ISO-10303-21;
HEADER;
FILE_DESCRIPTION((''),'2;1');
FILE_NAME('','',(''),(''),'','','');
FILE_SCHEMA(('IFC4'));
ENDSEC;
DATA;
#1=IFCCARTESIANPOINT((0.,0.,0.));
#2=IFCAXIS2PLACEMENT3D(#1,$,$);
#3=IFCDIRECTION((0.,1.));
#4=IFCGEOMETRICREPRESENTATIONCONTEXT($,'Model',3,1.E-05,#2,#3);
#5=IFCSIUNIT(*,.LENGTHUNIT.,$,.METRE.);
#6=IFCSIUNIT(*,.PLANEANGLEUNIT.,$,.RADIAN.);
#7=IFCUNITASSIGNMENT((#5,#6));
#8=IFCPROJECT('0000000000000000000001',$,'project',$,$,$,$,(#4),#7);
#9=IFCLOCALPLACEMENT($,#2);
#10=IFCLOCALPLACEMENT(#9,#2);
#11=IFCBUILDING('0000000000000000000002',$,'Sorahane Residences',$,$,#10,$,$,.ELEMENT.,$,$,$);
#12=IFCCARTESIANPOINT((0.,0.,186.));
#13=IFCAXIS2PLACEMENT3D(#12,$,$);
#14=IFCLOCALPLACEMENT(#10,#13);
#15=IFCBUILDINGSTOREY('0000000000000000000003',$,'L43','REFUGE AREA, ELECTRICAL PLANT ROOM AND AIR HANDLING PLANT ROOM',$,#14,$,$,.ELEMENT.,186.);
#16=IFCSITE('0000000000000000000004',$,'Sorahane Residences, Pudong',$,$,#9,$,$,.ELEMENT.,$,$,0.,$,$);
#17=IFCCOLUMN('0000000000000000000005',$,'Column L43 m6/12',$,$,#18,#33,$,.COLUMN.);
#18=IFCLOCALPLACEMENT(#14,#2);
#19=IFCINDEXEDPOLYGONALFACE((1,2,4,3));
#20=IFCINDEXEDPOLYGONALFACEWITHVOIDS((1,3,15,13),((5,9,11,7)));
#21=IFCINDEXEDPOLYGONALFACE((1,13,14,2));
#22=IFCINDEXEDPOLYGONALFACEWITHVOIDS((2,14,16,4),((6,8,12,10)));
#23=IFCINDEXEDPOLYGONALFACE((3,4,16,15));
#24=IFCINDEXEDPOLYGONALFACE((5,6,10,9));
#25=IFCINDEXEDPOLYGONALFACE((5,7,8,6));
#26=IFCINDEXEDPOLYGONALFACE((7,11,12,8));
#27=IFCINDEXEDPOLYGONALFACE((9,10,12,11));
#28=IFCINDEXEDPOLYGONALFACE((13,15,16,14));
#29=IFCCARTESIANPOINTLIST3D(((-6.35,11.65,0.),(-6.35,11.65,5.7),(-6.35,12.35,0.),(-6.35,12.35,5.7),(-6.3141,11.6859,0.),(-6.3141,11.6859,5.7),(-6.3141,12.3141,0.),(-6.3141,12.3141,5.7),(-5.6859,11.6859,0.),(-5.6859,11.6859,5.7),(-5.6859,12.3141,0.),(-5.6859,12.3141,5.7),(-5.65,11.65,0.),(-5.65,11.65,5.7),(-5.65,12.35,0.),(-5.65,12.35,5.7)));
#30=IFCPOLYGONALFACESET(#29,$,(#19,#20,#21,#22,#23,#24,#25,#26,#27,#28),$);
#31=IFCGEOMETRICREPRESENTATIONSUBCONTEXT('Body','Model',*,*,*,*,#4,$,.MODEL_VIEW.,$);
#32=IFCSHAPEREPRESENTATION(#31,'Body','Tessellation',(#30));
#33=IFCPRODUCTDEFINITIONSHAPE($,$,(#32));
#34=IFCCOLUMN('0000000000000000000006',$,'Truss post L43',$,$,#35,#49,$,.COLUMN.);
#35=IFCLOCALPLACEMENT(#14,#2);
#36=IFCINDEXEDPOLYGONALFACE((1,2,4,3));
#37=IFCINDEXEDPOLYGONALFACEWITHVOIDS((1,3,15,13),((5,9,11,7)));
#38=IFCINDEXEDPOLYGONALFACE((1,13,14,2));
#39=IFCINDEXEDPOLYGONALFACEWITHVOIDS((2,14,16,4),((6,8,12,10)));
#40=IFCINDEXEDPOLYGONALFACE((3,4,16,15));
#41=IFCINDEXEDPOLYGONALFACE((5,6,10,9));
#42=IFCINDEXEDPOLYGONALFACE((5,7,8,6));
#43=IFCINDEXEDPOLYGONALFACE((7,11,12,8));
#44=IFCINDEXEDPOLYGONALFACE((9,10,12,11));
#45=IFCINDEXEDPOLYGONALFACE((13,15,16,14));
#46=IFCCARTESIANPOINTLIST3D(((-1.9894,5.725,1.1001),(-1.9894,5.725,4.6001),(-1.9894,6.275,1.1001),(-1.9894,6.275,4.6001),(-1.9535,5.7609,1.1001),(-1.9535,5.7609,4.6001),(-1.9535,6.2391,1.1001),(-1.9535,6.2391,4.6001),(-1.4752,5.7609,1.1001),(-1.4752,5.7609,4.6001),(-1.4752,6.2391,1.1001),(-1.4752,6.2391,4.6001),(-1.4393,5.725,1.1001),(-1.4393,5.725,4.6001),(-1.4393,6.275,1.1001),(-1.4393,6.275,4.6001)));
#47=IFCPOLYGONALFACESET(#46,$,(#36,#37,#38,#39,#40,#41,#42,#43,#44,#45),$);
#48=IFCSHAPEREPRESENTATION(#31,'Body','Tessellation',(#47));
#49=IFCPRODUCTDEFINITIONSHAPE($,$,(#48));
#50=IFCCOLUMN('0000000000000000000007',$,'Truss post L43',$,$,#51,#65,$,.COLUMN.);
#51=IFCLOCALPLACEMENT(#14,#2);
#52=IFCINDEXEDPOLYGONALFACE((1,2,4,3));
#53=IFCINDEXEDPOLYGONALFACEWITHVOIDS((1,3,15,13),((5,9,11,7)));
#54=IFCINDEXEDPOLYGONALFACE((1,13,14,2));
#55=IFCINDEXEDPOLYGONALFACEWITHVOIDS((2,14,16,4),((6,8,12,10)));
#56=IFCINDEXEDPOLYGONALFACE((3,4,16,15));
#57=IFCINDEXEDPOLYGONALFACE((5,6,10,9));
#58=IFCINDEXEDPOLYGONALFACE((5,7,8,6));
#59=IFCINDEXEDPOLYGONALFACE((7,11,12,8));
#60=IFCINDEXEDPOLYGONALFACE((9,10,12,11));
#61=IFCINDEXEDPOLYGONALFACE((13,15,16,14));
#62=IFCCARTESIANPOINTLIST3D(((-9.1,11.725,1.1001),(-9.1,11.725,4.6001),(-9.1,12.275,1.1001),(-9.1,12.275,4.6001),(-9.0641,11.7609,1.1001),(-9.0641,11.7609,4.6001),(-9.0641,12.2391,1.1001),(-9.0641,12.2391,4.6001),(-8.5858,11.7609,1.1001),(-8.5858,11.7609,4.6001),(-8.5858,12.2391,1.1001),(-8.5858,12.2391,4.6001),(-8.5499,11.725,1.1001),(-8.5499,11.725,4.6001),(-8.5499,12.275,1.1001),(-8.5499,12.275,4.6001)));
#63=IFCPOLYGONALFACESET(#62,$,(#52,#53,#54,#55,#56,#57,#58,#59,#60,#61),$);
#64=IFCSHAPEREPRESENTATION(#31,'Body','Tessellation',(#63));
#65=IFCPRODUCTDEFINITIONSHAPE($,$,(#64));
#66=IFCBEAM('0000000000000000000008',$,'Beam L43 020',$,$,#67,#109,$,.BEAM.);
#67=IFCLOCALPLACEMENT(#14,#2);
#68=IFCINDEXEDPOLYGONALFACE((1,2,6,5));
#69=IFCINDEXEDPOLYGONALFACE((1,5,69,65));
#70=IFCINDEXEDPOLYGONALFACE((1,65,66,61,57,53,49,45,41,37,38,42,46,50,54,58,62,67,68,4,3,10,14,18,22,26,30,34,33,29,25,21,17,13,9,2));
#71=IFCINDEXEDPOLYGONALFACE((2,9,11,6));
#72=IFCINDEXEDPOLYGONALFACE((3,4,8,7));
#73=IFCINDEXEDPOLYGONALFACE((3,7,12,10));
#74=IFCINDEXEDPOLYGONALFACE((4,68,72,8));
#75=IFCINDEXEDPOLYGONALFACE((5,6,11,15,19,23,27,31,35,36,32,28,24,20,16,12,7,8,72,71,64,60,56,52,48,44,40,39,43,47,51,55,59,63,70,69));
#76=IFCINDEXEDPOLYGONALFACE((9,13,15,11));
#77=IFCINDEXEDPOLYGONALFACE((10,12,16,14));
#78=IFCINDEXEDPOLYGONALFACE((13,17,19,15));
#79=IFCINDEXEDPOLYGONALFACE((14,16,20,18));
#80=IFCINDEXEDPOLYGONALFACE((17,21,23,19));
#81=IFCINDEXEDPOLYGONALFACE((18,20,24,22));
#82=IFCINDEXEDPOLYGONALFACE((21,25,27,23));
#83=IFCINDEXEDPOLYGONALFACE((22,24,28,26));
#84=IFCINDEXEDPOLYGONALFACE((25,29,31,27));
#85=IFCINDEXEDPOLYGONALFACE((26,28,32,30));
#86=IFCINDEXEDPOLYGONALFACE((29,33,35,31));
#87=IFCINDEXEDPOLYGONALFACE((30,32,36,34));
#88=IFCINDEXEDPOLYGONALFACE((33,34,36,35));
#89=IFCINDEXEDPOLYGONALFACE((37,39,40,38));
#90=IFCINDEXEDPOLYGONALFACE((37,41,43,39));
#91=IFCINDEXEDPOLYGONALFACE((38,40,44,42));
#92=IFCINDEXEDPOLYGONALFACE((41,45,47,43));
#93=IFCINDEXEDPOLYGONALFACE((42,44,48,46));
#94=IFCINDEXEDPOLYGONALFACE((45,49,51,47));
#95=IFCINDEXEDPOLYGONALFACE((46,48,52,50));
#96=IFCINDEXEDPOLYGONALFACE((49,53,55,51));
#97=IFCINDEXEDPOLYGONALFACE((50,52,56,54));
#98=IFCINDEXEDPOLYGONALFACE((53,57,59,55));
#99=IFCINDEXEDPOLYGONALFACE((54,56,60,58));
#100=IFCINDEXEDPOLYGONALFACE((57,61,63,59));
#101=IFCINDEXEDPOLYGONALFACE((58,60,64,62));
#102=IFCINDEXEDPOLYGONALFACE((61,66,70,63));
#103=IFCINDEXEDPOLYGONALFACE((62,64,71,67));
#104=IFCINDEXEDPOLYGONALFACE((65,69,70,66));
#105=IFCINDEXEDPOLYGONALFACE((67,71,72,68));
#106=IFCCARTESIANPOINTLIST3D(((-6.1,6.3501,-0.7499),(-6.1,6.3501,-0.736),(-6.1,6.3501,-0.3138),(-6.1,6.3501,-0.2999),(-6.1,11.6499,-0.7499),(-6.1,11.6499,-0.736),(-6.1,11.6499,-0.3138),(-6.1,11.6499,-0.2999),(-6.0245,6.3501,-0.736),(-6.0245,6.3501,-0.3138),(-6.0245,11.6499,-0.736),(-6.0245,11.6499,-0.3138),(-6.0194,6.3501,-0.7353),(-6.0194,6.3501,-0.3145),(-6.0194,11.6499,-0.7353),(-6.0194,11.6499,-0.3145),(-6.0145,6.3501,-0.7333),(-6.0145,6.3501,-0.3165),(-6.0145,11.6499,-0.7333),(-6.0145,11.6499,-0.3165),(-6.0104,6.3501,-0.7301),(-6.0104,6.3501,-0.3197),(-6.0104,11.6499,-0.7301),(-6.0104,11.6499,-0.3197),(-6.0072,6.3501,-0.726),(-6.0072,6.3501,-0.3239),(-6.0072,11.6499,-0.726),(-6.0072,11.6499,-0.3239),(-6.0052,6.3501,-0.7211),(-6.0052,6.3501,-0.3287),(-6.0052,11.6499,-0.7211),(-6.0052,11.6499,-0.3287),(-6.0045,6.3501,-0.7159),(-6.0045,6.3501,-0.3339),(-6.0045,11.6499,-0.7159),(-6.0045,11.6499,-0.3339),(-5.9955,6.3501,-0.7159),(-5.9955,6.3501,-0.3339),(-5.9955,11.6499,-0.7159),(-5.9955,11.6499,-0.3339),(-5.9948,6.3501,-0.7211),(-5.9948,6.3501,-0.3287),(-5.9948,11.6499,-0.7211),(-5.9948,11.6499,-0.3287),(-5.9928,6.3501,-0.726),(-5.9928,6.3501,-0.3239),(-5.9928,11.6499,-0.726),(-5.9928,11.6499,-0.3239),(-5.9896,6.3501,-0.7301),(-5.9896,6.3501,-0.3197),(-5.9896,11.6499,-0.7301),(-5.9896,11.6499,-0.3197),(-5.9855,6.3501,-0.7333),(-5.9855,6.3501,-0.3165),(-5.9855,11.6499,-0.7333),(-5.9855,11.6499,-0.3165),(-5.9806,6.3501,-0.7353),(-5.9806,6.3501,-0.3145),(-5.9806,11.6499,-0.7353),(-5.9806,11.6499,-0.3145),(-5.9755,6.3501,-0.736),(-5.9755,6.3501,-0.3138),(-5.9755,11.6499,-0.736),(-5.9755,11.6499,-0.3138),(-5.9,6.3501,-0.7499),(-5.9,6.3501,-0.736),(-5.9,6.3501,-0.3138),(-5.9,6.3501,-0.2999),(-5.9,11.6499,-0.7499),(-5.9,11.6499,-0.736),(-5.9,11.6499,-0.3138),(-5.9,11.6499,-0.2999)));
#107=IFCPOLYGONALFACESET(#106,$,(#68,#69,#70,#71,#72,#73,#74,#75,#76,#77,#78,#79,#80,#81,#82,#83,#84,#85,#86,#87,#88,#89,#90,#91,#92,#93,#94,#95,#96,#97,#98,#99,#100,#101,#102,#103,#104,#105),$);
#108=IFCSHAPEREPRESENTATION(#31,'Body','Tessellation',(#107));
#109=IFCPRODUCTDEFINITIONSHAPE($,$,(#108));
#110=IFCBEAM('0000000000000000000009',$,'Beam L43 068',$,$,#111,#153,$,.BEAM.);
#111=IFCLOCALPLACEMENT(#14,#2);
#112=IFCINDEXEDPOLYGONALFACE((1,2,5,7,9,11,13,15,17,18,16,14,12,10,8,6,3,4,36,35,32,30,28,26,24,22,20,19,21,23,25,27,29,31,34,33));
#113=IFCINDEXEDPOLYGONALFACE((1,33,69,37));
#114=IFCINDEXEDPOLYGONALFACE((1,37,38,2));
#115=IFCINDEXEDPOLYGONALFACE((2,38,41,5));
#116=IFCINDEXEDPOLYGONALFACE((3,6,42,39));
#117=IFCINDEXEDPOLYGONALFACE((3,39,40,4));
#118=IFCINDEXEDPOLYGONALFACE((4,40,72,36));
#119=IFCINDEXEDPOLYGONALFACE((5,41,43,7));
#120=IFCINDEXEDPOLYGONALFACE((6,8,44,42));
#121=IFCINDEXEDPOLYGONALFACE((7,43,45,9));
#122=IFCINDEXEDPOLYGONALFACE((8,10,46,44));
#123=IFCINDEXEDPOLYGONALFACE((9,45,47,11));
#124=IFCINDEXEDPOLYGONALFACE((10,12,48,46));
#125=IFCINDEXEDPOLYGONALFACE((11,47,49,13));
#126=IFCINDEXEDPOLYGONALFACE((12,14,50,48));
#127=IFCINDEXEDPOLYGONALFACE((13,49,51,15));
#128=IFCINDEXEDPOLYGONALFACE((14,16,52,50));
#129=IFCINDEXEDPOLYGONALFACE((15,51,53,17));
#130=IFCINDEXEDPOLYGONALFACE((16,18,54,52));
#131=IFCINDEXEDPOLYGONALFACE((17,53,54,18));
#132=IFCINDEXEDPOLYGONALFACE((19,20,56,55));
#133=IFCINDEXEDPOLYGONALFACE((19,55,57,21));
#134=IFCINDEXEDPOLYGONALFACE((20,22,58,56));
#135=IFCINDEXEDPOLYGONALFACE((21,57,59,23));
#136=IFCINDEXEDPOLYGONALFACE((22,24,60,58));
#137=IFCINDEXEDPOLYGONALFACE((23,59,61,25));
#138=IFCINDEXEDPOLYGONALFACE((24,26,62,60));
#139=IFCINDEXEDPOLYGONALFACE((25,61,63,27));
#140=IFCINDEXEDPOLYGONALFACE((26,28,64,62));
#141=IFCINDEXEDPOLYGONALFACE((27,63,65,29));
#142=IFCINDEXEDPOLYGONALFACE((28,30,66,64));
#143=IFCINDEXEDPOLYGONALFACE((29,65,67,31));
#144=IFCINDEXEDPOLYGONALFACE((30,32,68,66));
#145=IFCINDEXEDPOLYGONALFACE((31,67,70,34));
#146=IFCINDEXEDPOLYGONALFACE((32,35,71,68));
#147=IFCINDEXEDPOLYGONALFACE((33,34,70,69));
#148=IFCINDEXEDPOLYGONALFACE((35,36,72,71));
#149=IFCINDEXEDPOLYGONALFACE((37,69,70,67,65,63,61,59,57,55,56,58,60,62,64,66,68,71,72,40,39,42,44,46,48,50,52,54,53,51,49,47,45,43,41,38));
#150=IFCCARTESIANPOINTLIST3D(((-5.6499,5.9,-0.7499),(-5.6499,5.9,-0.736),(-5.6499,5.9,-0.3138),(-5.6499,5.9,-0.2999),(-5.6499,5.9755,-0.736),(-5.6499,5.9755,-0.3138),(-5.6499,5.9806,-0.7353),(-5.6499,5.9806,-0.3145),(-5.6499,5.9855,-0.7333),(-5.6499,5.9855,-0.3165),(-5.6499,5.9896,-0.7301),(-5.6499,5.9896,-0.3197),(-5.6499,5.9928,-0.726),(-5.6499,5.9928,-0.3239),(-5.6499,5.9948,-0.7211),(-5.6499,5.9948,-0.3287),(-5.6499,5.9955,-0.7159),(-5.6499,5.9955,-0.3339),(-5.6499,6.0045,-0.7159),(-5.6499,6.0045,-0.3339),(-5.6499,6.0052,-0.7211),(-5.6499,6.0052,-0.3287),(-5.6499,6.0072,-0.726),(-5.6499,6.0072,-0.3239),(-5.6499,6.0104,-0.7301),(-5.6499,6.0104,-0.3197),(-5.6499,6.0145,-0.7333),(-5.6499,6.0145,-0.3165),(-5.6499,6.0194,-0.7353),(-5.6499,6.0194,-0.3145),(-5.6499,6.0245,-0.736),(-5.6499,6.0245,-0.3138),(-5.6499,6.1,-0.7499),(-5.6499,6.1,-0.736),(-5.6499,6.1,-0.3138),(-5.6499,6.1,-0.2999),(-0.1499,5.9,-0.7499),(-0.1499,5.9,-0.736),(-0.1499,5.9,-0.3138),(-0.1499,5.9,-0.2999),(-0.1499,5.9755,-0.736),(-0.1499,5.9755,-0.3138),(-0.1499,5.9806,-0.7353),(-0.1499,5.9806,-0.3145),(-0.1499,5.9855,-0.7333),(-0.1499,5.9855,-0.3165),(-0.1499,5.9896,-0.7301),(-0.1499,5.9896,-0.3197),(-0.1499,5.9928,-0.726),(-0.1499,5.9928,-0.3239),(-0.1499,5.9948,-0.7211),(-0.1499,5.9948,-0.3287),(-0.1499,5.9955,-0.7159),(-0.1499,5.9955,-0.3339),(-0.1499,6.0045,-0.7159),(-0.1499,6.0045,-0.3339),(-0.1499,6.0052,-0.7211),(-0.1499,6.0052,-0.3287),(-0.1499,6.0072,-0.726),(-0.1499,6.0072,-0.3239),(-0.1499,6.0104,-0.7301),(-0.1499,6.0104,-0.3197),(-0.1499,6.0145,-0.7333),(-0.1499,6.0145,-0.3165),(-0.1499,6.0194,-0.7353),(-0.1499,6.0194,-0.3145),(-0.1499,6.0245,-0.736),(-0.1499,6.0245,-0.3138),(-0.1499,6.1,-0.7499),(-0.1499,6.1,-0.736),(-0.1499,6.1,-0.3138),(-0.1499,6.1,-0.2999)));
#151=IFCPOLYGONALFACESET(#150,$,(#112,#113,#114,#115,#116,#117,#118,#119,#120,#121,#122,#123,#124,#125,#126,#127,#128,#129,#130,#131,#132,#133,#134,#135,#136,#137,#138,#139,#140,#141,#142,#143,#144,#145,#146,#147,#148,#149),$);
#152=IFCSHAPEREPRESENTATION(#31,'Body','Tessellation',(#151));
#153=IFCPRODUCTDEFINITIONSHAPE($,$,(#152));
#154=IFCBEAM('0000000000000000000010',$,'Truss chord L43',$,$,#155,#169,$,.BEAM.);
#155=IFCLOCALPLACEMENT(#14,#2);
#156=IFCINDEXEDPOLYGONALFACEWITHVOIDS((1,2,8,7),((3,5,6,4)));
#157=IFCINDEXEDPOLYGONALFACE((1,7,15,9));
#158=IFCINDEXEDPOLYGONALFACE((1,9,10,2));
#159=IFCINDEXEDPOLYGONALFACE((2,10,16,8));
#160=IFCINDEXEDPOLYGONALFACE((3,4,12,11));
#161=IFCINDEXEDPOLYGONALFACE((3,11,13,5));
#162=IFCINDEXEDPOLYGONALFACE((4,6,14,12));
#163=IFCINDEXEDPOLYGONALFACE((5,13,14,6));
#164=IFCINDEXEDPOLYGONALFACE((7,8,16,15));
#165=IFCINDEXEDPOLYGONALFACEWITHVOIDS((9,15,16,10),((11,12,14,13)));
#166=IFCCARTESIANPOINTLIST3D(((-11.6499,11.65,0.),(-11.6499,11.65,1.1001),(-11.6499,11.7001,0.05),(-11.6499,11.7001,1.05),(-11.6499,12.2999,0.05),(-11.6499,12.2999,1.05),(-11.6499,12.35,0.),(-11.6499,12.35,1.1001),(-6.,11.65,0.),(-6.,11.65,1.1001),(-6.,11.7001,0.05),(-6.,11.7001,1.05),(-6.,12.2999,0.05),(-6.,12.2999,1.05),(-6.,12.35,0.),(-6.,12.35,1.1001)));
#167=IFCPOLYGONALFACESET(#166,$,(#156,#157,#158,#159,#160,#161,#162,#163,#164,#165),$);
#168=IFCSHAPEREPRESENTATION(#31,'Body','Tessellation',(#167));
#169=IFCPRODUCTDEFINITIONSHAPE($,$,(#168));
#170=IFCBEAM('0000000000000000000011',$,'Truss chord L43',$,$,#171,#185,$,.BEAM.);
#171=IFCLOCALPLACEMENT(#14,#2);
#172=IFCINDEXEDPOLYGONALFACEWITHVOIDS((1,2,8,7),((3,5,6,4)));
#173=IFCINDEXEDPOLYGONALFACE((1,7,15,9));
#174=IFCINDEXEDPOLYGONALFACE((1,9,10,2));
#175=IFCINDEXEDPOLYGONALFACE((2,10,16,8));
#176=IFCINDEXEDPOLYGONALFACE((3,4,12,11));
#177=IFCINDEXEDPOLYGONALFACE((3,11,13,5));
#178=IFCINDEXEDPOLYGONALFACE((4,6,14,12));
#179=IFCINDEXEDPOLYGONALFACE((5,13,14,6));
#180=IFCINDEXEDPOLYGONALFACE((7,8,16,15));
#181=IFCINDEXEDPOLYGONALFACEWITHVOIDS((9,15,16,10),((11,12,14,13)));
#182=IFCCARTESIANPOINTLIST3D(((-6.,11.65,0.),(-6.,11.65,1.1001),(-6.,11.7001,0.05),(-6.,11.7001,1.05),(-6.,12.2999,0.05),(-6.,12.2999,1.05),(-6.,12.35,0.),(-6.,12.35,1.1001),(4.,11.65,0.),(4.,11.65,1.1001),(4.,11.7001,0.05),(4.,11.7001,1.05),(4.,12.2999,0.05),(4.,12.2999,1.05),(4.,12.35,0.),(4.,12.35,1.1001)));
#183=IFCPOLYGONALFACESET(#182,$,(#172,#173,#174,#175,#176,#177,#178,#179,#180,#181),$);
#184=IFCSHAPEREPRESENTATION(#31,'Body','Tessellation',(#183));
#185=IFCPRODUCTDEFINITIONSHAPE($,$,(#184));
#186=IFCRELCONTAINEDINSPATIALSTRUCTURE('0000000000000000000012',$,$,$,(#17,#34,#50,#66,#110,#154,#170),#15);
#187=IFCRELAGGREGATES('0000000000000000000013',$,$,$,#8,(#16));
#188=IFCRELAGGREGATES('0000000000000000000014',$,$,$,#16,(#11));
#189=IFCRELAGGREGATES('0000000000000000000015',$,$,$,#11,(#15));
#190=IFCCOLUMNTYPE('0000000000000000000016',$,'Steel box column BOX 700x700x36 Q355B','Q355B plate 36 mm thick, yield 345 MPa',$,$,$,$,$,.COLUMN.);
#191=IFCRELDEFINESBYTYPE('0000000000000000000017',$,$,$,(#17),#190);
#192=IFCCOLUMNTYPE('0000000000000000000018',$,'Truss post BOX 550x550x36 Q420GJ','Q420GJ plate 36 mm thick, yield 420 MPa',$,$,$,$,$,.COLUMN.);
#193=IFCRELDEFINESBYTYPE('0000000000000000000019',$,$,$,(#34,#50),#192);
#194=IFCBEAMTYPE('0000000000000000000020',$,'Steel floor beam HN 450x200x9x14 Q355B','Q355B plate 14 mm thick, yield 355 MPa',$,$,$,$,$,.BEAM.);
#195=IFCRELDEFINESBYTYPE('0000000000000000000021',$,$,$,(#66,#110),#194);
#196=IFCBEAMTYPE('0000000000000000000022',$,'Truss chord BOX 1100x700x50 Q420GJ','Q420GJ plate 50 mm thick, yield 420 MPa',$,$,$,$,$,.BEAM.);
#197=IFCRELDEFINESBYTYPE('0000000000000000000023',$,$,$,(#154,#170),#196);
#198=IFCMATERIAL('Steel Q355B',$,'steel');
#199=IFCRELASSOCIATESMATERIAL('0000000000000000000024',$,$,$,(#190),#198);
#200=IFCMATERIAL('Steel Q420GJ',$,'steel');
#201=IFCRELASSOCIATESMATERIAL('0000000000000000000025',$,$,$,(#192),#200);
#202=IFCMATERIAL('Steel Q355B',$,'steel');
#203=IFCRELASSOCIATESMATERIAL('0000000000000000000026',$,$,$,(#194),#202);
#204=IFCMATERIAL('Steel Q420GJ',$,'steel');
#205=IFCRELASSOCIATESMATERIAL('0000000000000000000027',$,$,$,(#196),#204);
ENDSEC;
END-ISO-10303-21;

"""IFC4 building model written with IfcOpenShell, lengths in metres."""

from ifc_helpers import new_model, si_unit, direction, frame, origin, origin_2d, place, context, subcontext, project, spatial, hollow_rectangle, i_section, extrude, material, material_profile, profile_set, type_object, element, save


model = new_model("IFC4")

# Units and contexts
model_context = context("Model", 3, precision=1e-05, world=origin(), true_north=direction((0.0, 1.0)))
body_context = subcontext(model_context, "Body", "Model", "MODEL_VIEW")
ifc_project = project(units=[si_unit("LENGTHUNIT", "METRE"), si_unit("PLANEANGLEUNIT", "RADIAN")], contexts=[model_context])

# Site, building, storey
site_placement = place(None, origin())
site = spatial("IfcSite", under=ifc_project, at=site_placement, Name="Sorahane Residences, Pudong", CompositionType="ELEMENT", RefElevation=0.0)
building_placement = place(site_placement, origin())
building = spatial("IfcBuilding", under=site, at=building_placement, Name="Sorahane Residences", CompositionType="ELEMENT")
storey_placement = place(building_placement, frame((0.0, 0.0, 186.0)))
storey = spatial("IfcBuildingStorey", under=building, at=storey_placement, Name="L43", Description="REFUGE AREA, ELECTRICAL PLANT ROOM AND AIR HANDLING PLANT ROOM", CompositionType="ELEMENT", Elevation=186.0)

# Columns
ifc_material_1 = material(Name="Steel Q355B", Category="steel")
ifc_material_profile_1 = material_profile(ifc_material_1, hollow_rectangle(XDim=0.7, YDim=0.7, WallThickness=0.0359, at=origin_2d()), Name="BOX 700x700x36")
ifc_profile_set_1 = profile_set([ifc_material_profile_1], Name="Steel Q355B")
column_type_1 = type_object("IfcColumnType", Name="Steel box column BOX 700x700x36 Q355B", Description="Q355B plate 36 mm thick, yield 345 MPa", PredefinedType="COLUMN", material=ifc_profile_set_1)
column_placement = place(storey_placement, frame((-6.0, 12.0, 0.0), z_axis=(0.0, 0.0, 1.0), x_axis=(1.0, 0.0, 0.0)))
element("IfcColumn", 1, at=column_placement, inside=storey, type_object=column_type_1, Name="Column L43 m6/12", PredefinedType="COLUMN", context=body_context, shape_type="SweptSolid", body=[
    extrude(hollow_rectangle(XDim=0.7, YDim=0.7, WallThickness=0.0359, at=origin_2d()), origin(), (0.0, 0.0, 1.0), 5.7),
])
ifc_material_2 = material(Name="Steel Q420GJ", Category="steel")
ifc_material_profile_2 = material_profile(ifc_material_2, hollow_rectangle(XDim=0.55, YDim=0.55, WallThickness=0.0359, at=origin_2d()), Name="BOX 550x550x36")
ifc_profile_set_2 = profile_set([ifc_material_profile_2], Name="Steel Q420GJ")
column_type_2 = type_object("IfcColumnType", Name="Truss post BOX 550x550x36 Q420GJ", Description="Q420GJ plate 36 mm thick, yield 420 MPa", PredefinedType="COLUMN", material=ifc_profile_set_2)
for number, where, z_axis, x_axis, name in (
    (2, (-1.7144, 6.0, 1.1001), (0.0, 0.0, 1.0), (1.0, 0.0, 0.0), "Truss post L43"),
    (3, (-8.825, 12.0, 1.1001), (0.0, 0.0, 1.0), (1.0, 0.0, 0.0), "Truss post L43"),
):
    element("IfcColumn", number, at=place(storey_placement, frame(where, z_axis=z_axis, x_axis=x_axis)), inside=storey, type_object=column_type_2, Name=name, PredefinedType="COLUMN", context=body_context, shape_type="SweptSolid", body=[
        extrude(hollow_rectangle(XDim=0.55, YDim=0.55, WallThickness=0.0359, at=origin_2d()), origin(), (0.0, 0.0, 1.0), 3.5),
    ])

# Beams
ifc_material_3 = material(Name="Steel Q355B", Category="steel")
ifc_material_profile_3 = material_profile(ifc_material_3, i_section(OverallWidth=0.2, OverallDepth=0.45, WebThickness=0.009, FlangeThickness=0.0139, FilletRadius=0.02, at=origin_2d()), Name="HN 450x200x9x14")
ifc_profile_set_3 = profile_set([ifc_material_profile_3], Name="Steel Q355B")
beam_type_1 = type_object("IfcBeamType", Name="Steel floor beam HN 450x200x9x14 Q355B", Description="Q355B plate 14 mm thick, yield 355 MPa", PredefinedType="BEAM", material=ifc_profile_set_3)
beam_1_placement = place(storey_placement, frame((-6.0, 6.3501, -0.5249), z_axis=(0.0, 1.0, 0.0), x_axis=(-1.0, 0.0, 0.0)))
element("IfcBeam", 4, at=beam_1_placement, inside=storey, type_object=beam_type_1, Name="Beam L43 020", PredefinedType="BEAM", context=body_context, shape_type="SweptSolid", body=[
    extrude(i_section(OverallWidth=0.2, OverallDepth=0.45, WebThickness=0.009, FlangeThickness=0.0139, FilletRadius=0.02, at=origin_2d()), origin(), (0.0, 0.0, 1.0), 5.2998),
])
beam_2_placement = place(storey_placement, frame((-5.6499, 6.0, -0.5249), z_axis=(1.0, 0.0, 0.0), x_axis=(0.0, 1.0, 0.0)))
element("IfcBeam", 5, at=beam_2_placement, inside=storey, type_object=beam_type_1, Name="Beam L43 068", PredefinedType="BEAM", context=body_context, shape_type="SweptSolid", body=[
    extrude(i_section(OverallWidth=0.2, OverallDepth=0.45, WebThickness=0.009, FlangeThickness=0.0139, FilletRadius=0.02, at=origin_2d()), origin(), (0.0, 0.0, 1.0), 5.5),
])
ifc_material_4 = material(Name="Steel Q420GJ", Category="steel")
ifc_material_profile_4 = material_profile(ifc_material_4, hollow_rectangle(XDim=0.7, YDim=1.1001, WallThickness=0.05, at=origin_2d()), Name="BOX 1100x700x50")
ifc_profile_set_4 = profile_set([ifc_material_profile_4], Name="Steel Q420GJ")
beam_type_2 = type_object("IfcBeamType", Name="Truss chord BOX 1100x700x50 Q420GJ", Description="Q420GJ plate 50 mm thick, yield 420 MPa", PredefinedType="BEAM", material=ifc_profile_set_4)
beam_3_placement = place(storey_placement, frame((-11.6499, 12.0, 0.55), z_axis=(1.0, 0.0, 0.0), x_axis=(0.0, 1.0, 0.0)))
element("IfcBeam", 6, at=beam_3_placement, inside=storey, type_object=beam_type_2, Name="Truss chord L43", PredefinedType="BEAM", context=body_context, shape_type="SweptSolid", body=[
    extrude(hollow_rectangle(XDim=0.7, YDim=1.1001, WallThickness=0.05, at=origin_2d()), origin(), (0.0, 0.0, 1.0), 5.6499),
])
beam_4_placement = place(storey_placement, frame((-6.0, 12.0, 0.55), z_axis=(1.0, 0.0, 0.0), x_axis=(0.0, 1.0, 0.0)))
element("IfcBeam", 7, at=beam_4_placement, inside=storey, type_object=beam_type_2, Name="Truss chord L43", PredefinedType="BEAM", context=body_context, shape_type="SweptSolid", body=[
    extrude(hollow_rectangle(XDim=0.7, YDim=1.1001, WallThickness=0.05, at=origin_2d()), origin(), (0.0, 0.0, 1.0), 10.0),
])

save(model, "model.ifc")
